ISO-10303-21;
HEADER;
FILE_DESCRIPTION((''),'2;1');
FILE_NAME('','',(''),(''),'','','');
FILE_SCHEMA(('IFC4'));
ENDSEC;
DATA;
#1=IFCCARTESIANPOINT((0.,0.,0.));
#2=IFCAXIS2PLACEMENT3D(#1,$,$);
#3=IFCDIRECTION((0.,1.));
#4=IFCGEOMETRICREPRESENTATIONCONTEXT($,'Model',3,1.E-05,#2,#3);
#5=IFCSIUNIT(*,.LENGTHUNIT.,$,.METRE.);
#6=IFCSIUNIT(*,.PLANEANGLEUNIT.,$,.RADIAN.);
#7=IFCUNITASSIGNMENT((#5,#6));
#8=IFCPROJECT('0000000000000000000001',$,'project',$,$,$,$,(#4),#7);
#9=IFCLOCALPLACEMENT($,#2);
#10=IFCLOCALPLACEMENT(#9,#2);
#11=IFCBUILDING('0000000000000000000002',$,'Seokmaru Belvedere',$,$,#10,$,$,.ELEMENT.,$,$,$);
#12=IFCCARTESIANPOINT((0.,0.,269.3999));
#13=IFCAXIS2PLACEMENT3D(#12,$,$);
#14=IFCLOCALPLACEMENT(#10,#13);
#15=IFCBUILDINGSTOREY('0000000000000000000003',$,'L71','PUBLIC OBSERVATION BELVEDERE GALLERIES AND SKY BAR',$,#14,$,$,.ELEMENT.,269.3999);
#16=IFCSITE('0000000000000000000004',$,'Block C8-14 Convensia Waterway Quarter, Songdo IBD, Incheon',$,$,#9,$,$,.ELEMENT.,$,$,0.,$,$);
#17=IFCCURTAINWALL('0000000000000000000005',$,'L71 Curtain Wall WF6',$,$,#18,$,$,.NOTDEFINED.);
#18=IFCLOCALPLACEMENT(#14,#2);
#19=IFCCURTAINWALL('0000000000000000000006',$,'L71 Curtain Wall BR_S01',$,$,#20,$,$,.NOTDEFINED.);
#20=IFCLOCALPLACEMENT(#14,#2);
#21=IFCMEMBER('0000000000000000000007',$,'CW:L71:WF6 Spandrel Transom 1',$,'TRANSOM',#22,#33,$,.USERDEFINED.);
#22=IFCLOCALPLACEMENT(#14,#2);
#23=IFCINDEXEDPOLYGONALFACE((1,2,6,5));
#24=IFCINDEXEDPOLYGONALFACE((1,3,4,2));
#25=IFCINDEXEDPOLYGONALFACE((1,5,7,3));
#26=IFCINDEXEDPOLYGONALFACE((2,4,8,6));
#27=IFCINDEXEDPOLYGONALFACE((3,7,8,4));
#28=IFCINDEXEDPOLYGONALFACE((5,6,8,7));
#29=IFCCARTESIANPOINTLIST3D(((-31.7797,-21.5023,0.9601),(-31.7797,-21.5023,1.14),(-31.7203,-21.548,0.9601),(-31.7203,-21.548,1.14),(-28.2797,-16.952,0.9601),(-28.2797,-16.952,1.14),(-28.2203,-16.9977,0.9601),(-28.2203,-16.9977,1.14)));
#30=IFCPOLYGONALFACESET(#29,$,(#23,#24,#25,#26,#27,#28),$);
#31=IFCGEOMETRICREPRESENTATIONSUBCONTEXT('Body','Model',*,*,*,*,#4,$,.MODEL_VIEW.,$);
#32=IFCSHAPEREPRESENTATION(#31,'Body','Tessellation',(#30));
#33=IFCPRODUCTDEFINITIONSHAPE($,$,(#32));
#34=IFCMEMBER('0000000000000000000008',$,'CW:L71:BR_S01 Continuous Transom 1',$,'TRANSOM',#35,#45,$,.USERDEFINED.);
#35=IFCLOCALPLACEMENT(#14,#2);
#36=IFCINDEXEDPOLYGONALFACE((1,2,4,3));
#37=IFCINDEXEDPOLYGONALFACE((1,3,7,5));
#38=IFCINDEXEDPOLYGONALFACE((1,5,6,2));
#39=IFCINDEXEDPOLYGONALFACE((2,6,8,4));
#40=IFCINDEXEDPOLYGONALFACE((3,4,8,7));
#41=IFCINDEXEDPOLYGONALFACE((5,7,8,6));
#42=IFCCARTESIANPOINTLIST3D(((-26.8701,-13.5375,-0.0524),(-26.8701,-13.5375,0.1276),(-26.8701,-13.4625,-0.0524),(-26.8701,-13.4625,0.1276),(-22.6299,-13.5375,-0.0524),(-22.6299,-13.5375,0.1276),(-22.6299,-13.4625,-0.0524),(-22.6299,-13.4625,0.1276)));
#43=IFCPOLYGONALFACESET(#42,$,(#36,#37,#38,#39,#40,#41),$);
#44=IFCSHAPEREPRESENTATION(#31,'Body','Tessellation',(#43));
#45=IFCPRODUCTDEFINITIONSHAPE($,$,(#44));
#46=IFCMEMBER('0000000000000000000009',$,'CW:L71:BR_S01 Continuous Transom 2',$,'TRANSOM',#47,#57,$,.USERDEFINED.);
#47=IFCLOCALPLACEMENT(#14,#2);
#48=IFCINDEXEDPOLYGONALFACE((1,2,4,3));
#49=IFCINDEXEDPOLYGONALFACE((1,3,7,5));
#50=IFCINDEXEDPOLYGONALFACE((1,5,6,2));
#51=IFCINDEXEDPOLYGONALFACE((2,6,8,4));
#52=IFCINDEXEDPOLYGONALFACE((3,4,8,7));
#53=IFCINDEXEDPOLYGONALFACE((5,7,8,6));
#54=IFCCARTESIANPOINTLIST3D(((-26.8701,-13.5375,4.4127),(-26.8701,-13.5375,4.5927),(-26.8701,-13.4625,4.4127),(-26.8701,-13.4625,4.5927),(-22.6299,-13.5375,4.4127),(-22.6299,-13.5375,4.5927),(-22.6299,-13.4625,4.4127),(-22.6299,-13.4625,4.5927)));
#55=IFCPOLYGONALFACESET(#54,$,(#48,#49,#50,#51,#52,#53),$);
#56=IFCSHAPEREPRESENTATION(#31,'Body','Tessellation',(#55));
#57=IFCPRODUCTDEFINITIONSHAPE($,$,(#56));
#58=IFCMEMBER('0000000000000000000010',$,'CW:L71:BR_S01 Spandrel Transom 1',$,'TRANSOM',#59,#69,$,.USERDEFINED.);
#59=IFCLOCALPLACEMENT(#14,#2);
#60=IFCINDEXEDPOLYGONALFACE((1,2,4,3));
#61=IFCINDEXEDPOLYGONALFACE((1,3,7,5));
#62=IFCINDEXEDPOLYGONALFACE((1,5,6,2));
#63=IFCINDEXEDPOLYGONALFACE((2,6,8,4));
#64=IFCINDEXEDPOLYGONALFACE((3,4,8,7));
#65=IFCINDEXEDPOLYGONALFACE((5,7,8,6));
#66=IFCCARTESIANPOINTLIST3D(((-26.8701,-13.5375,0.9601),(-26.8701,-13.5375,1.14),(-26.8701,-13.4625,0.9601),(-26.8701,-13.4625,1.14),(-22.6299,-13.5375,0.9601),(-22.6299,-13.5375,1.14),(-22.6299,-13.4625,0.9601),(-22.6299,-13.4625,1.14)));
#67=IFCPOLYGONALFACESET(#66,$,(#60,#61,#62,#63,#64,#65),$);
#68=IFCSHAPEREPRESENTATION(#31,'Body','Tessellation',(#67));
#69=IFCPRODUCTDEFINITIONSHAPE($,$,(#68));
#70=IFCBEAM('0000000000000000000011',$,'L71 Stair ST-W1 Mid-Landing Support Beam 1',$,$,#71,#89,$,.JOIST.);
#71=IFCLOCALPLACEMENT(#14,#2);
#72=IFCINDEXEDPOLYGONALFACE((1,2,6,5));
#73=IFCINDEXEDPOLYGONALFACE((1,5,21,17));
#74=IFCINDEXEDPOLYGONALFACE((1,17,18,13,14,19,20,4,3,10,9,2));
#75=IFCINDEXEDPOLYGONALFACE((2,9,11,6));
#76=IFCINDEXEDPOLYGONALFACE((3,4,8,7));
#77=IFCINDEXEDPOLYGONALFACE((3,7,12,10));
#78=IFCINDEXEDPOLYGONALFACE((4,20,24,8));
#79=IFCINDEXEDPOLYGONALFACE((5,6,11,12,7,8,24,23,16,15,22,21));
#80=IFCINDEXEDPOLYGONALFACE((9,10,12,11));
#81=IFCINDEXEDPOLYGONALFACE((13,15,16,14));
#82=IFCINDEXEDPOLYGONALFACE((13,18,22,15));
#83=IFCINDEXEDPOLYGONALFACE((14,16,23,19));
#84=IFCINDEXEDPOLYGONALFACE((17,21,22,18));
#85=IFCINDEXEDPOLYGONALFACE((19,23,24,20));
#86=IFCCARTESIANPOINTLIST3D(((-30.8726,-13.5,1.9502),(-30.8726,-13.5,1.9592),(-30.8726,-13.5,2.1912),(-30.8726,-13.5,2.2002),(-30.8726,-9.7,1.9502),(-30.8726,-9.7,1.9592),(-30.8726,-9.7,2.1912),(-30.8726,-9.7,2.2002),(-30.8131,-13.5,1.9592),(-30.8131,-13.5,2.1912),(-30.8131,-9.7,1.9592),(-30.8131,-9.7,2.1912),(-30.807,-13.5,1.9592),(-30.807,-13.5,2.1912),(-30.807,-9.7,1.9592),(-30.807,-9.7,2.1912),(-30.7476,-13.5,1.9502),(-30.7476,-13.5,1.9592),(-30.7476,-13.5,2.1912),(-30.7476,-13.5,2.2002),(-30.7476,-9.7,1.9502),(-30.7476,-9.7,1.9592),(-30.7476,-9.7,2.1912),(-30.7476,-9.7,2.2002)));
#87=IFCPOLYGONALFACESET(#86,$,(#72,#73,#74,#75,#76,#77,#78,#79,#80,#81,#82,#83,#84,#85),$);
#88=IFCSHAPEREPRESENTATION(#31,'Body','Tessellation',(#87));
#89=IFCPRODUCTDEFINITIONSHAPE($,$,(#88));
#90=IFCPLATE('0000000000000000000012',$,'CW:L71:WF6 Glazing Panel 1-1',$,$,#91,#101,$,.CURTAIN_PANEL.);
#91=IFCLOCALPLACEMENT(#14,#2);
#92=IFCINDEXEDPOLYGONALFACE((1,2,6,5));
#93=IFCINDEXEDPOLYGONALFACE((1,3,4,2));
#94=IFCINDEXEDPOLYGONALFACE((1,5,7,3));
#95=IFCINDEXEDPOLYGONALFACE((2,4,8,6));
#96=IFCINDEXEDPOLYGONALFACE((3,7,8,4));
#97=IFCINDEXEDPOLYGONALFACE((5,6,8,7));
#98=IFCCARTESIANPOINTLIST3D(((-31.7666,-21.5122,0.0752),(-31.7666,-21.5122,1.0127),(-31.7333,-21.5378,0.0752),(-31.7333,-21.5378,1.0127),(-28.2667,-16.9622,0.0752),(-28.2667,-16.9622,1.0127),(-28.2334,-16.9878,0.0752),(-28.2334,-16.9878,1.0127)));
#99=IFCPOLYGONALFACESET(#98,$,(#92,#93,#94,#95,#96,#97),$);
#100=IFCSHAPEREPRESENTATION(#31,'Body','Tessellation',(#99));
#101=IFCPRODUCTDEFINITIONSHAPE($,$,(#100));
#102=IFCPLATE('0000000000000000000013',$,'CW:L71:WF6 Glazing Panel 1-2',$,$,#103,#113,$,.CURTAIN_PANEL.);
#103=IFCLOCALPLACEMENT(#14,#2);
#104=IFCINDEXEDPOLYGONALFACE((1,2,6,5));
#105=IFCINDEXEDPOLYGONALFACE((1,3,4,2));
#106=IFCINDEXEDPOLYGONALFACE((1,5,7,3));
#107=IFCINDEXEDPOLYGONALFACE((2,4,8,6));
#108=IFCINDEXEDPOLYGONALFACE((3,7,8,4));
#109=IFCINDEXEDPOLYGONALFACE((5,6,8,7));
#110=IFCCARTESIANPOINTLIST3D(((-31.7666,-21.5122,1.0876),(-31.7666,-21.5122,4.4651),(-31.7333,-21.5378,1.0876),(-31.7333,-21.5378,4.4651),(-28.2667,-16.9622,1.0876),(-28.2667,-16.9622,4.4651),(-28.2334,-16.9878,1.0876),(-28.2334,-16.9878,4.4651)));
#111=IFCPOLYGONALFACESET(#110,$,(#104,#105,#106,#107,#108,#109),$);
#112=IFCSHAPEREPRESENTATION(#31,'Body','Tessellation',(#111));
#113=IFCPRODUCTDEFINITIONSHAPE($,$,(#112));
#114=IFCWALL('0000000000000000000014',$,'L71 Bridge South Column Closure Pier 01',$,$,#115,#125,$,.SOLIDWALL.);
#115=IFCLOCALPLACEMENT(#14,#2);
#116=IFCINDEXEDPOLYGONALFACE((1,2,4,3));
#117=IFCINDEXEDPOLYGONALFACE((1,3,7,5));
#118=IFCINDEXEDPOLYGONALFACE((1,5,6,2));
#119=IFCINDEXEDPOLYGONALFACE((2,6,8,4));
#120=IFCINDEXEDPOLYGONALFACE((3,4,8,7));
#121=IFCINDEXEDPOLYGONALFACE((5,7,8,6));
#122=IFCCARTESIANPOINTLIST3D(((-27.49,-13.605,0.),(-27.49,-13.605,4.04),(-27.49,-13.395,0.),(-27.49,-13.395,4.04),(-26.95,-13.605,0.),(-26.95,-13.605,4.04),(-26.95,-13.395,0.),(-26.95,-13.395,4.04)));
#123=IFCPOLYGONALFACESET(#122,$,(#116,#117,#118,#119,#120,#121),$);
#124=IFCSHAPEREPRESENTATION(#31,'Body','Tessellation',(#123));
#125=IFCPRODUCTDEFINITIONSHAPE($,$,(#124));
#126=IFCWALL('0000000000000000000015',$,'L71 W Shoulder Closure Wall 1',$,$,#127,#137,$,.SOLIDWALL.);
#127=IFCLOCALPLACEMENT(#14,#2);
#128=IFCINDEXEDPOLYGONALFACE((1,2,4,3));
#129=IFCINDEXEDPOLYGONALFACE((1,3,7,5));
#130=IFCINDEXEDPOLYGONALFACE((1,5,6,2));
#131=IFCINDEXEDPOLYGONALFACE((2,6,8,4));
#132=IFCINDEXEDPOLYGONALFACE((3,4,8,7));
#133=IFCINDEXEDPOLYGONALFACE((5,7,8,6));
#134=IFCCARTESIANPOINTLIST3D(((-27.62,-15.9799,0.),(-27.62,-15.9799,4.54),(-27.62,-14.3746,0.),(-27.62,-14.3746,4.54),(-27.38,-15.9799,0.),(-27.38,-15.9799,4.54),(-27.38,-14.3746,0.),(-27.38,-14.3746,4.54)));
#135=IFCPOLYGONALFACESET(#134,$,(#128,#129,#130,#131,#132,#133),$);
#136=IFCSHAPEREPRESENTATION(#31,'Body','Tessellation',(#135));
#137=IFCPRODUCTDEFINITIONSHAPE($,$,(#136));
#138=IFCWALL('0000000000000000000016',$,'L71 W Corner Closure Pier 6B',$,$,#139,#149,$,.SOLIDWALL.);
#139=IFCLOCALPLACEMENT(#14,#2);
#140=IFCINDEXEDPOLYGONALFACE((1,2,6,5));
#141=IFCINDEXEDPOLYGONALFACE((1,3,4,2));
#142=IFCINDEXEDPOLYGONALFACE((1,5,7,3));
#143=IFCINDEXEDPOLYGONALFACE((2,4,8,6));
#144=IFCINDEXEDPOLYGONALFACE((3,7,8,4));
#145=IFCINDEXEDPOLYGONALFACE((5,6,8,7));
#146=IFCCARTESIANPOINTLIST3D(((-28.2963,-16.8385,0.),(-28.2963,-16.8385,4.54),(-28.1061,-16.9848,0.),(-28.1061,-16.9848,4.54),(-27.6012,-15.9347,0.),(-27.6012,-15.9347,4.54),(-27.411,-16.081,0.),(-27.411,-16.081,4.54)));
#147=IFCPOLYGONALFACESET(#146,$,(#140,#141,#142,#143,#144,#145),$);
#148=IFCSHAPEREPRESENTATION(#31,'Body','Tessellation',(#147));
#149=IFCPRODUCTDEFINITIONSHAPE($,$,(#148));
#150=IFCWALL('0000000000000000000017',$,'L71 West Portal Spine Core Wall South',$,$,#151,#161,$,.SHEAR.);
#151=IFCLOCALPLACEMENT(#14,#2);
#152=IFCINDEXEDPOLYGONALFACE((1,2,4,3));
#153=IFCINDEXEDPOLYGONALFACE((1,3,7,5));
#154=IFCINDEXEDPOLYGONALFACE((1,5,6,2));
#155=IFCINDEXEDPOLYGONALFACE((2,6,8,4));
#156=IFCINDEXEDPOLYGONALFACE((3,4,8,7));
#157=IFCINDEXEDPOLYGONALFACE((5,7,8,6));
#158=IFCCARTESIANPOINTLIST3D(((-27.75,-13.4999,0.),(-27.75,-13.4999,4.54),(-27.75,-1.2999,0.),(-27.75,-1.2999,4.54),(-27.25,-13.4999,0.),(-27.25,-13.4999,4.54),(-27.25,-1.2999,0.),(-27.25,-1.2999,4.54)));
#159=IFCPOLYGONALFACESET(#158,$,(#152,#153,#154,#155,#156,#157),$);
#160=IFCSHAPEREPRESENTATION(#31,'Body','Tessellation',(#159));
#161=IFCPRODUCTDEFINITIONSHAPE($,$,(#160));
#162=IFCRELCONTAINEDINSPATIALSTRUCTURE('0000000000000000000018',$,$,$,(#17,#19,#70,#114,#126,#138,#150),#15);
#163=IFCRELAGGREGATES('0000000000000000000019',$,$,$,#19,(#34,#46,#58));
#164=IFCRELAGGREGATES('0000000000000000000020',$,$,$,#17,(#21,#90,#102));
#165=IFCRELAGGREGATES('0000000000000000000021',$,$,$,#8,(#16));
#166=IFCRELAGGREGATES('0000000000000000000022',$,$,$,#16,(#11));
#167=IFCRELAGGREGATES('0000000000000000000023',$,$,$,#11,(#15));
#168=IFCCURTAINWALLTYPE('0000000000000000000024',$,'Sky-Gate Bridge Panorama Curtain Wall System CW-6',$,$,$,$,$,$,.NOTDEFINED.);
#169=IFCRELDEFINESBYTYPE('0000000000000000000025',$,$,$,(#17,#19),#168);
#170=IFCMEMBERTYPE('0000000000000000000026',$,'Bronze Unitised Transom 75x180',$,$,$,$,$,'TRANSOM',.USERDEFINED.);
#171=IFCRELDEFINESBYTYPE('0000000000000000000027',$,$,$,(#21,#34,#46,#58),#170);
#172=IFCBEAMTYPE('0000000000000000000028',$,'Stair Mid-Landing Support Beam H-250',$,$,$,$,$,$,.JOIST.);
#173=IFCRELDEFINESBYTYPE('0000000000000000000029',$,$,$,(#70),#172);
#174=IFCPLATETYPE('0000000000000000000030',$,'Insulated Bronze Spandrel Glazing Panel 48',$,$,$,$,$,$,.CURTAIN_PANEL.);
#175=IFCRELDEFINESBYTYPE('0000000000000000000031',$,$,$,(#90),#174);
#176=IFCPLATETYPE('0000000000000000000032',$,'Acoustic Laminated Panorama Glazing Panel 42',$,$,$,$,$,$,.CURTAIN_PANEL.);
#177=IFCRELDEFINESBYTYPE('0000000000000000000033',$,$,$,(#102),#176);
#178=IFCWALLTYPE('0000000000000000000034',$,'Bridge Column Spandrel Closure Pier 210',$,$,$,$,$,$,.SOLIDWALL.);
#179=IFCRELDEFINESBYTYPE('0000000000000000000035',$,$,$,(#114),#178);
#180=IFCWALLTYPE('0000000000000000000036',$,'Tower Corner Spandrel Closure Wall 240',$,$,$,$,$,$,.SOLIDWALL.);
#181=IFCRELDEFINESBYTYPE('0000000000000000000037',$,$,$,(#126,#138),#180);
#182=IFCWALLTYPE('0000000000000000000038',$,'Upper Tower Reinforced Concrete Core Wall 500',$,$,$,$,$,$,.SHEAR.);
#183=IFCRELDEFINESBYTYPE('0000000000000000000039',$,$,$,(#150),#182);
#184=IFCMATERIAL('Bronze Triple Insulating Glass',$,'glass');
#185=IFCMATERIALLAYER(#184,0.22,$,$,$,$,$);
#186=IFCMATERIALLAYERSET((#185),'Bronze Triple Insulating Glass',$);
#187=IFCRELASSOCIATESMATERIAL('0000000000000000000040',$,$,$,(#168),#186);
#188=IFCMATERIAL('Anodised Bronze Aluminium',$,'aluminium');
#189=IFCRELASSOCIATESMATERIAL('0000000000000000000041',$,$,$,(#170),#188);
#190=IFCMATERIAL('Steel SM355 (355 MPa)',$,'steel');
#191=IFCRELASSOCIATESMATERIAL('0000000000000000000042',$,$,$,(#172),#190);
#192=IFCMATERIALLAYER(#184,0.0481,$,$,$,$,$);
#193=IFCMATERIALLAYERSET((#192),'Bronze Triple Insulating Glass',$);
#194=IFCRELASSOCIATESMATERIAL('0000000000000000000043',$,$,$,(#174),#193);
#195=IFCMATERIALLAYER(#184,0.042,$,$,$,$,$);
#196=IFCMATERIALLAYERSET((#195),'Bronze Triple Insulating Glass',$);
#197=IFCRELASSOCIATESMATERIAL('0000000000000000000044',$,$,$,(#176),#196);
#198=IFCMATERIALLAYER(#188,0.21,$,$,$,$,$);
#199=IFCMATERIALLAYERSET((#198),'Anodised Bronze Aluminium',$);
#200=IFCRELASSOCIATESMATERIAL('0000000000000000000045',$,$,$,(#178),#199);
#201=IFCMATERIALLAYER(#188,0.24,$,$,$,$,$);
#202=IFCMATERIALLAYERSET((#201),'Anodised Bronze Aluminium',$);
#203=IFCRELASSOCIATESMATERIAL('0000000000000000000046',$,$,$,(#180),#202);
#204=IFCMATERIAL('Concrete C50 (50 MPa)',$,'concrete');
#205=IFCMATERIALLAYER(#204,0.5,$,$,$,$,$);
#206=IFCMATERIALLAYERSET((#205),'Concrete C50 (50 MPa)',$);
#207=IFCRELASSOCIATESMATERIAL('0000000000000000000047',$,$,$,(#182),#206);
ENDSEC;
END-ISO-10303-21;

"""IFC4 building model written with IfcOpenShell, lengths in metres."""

from ifc_helpers import new_model, si_unit, direction, frame, frame_2d, origin, origin_2d, place, context, subcontext, project, spatial, rectangle, i_section, extrude, source, transform, mapped, material, layer, layer_set, material_profile, profile_set, type_object, type_shapes, element, aggregate, save


model = new_model("IFC4")

# Units and contexts
model_context = context("Model", 3, precision=1e-05, world=origin(), true_north=direction((0.0, 1.0)))
body_context = subcontext(model_context, "Body", "Model", "MODEL_VIEW")
ifc_project = project(units=[si_unit("LENGTHUNIT", "METRE"), si_unit("PLANEANGLEUNIT", "RADIAN")], contexts=[model_context])

# Site, building, storey
site_placement = place(None, origin())
site = spatial("IfcSite", under=ifc_project, at=site_placement, Name="Block C8-14 Convensia Waterway Quarter, Songdo IBD, Incheon", CompositionType="ELEMENT", RefElevation=0.0)
building_placement = place(site_placement, origin())
building = spatial("IfcBuilding", under=site, at=building_placement, Name="Seokmaru Belvedere", CompositionType="ELEMENT")
storey_placement = place(building_placement, frame((0.0, 0.0, 269.3999)))
storey = spatial("IfcBuildingStorey", under=building, at=storey_placement, Name="L71", Description="PUBLIC OBSERVATION BELVEDERE GALLERIES AND SKY BAR", CompositionType="ELEMENT", Elevation=269.3999)

# Shared definitions
ifc_material_1 = material(Name="Steel SM355 (355 MPa)", Category="steel")

# Curtain wall
ifc_material_2 = material(Name="Bronze Triple Insulating Glass", Category="glass")
ifc_layer_1 = layer(ifc_material_2, 0.22)
ifc_layer_set_1 = layer_set([ifc_layer_1], Name="Bronze Triple Insulating Glass")
curtain_wall_type = type_object("IfcCurtainWallType", Name="Sky-Gate Bridge Panorama Curtain Wall System CW-6", PredefinedType="NOTDEFINED", material=ifc_layer_set_1)
curtain_wall_1_placement = place(storey_placement, origin())
curtain_wall_1 = element("IfcCurtainWall", 1, at=curtain_wall_1_placement, inside=storey, type_object=curtain_wall_type, Name="L71 Curtain Wall WF6", PredefinedType="NOTDEFINED")
ifc_material_3 = material(Name="Anodised Bronze Aluminium", Category="aluminium")

# Curtain wall
curtain_wall_2_placement = place(storey_placement, origin())
curtain_wall_2 = element("IfcCurtainWall", 2, at=curtain_wall_2_placement, inside=storey, type_object=curtain_wall_type, Name="L71 Curtain Wall BR_S01", PredefinedType="NOTDEFINED")

# Members
ifc_material_profile_1 = material_profile(ifc_material_3, rectangle(XDim=0.075, YDim=0.1799, at=origin_2d()), Name="CW-T-75x180")
ifc_profile_set_1 = profile_set([ifc_material_profile_1], Name="Anodised Bronze Aluminium")
member_type_1 = type_object("IfcMemberType", Name="Bronze Unitised Transom 75x180", ElementType="TRANSOM", PredefinedType="USERDEFINED", material=ifc_profile_set_1)
shared_shape_1 = source(origin(), body_context, "Body", "SweptSolid", [
    extrude(rectangle(XDim=0.075, YDim=0.1799, at=origin_2d()), origin(), (0.0, 0.0, 1.0), 5.7407),
])
member_1_placement = place(storey_placement, frame((-31.75, -21.5251, 1.05), z_axis=(0.609686, 0.792643, 0.0), x_axis=(-0.792643, 0.609686, 0.0)))
member_1 = element("IfcMember", 3, at=member_1_placement, type_object=member_type_1, Name="CW:L71:WF6 Spandrel Transom 1", ObjectType="TRANSOM", PredefinedType="USERDEFINED", context=body_context, shape_type="MappedRepresentation", body=[
    mapped(shared_shape_1, transform((0.0, 0.0, 0.0), scale=1.0)),
])
shared_shape_2 = source(origin(), body_context, "Body", "SweptSolid", [
    extrude(rectangle(XDim=0.075, YDim=0.1799, at=origin_2d()), origin(), (0.0, 0.0, 1.0), 4.2402),
])
type_shapes(member_type_1, [shared_shape_1, shared_shape_2])
member_2_placement = place(storey_placement, frame((-26.8701, -13.5, 0.0376), z_axis=(1.0, 0.0, 0.0), x_axis=(0.0, 1.0, 0.0)))
member_2 = element("IfcMember", 4, at=member_2_placement, type_object=member_type_1, Name="CW:L71:BR_S01 Continuous Transom 1", ObjectType="TRANSOM", PredefinedType="USERDEFINED", context=body_context, shape_type="MappedRepresentation", body=[
    mapped(shared_shape_2, transform((0.0, 0.0, 0.0), scale=1.0)),
])
member_3_placement = place(storey_placement, frame((-26.8701, -13.5, 4.5027), z_axis=(1.0, 0.0, 0.0), x_axis=(0.0, 1.0, 0.0)))
member_3 = element("IfcMember", 5, at=member_3_placement, type_object=member_type_1, Name="CW:L71:BR_S01 Continuous Transom 2", ObjectType="TRANSOM", PredefinedType="USERDEFINED", context=body_context, shape_type="MappedRepresentation", body=[
    mapped(shared_shape_2, transform((0.0, 0.0, 0.0), scale=1.0)),
])
member_4_placement = place(storey_placement, frame((-26.8701, -13.5, 1.05), z_axis=(1.0, 0.0, 0.0), x_axis=(0.0, 1.0, 0.0)))
member_4 = element("IfcMember", 6, at=member_4_placement, type_object=member_type_1, Name="CW:L71:BR_S01 Spandrel Transom 1", ObjectType="TRANSOM", PredefinedType="USERDEFINED", context=body_context, shape_type="MappedRepresentation", body=[
    mapped(shared_shape_2, transform((0.0, 0.0, 0.0), scale=1.0)),
])
aggregate(curtain_wall_2, [member_2, member_3, member_4])

# Beam
ifc_material_profile_2 = material_profile(ifc_material_1, i_section(OverallWidth=0.125, OverallDepth=0.25, WebThickness=0.0061, FlangeThickness=0.009, at=origin_2d()), Name="H-250x125x6x9")
ifc_profile_set_2 = profile_set([ifc_material_profile_2], Name="Steel SM355 (355 MPa)")
beam_type_1 = type_object("IfcBeamType", Name="Stair Mid-Landing Support Beam H-250", PredefinedType="JOIST", material=ifc_profile_set_2)
shared_shape_3 = source(origin(), body_context, "Body", "SweptSolid", [
    extrude(i_section(OverallWidth=0.125, OverallDepth=0.25, WebThickness=0.0061, FlangeThickness=0.009, at=origin_2d()), origin(), (0.0, 0.0, 1.0), 3.8),
])
type_shapes(beam_type_1, [shared_shape_3])
beam_1_placement = place(storey_placement, frame((-30.8101, -13.5, 2.0752), z_axis=(0.0, 1.0, 0.0), x_axis=(-1.0, 0.0, 0.0)))
element("IfcBeam", 7, at=beam_1_placement, inside=storey, type_object=beam_type_1, Name="L71 Stair ST-W1 Mid-Landing Support Beam 1", PredefinedType="JOIST", context=body_context, shape_type="MappedRepresentation", body=[
    mapped(shared_shape_3, transform((0.0, 0.0, 0.0), scale=1.0)),
])

# Plates
ifc_layer_2 = layer(ifc_material_2, 0.0481)
ifc_layer_set_2 = layer_set([ifc_layer_2], Name="Bronze Triple Insulating Glass")
plate_type_1 = type_object("IfcPlateType", Name="Insulated Bronze Spandrel Glazing Panel 48", PredefinedType="CURTAIN_PANEL", material=ifc_layer_set_2)
shared_shape_4 = source(origin(), body_context, "Body", "SweptSolid", [
    extrude(rectangle(XDim=5.7405, YDim=0.042, at=origin_2d()), origin(), (0.0, 0.0, 1.0), 0.9375),
])
type_shapes(plate_type_1, [shared_shape_4])
plate_1_placement = place(storey_placement, frame((-30.0, -19.25, 0.0752), z_axis=(0.0, 0.0, 1.0), x_axis=(0.609701, 0.792631, 0.0)))
plate_1 = element("IfcPlate", 8, at=plate_1_placement, type_object=plate_type_1, Name="CW:L71:WF6 Glazing Panel 1-1", PredefinedType="CURTAIN_PANEL", context=body_context, shape_type="MappedRepresentation", body=[
    mapped(shared_shape_4, transform((0.0, 0.0, 0.0), scale=1.0)),
])
ifc_layer_3 = layer(ifc_material_2, 0.042)
ifc_layer_set_3 = layer_set([ifc_layer_3], Name="Bronze Triple Insulating Glass")
plate_type_2 = type_object("IfcPlateType", Name="Acoustic Laminated Panorama Glazing Panel 42", PredefinedType="CURTAIN_PANEL", material=ifc_layer_set_3)
shared_shape_5 = source(origin(), body_context, "Body", "SweptSolid", [
    extrude(rectangle(XDim=5.7405, YDim=0.042, at=origin_2d()), origin(), (0.0, 0.0, 1.0), 3.3774),
])
type_shapes(plate_type_2, [shared_shape_5])
plate_2_placement = place(storey_placement, frame((-30.0, -19.25, 1.0876), z_axis=(0.0, 0.0, 1.0), x_axis=(0.609701, 0.792631, 0.0)))
plate_2 = element("IfcPlate", 9, at=plate_2_placement, type_object=plate_type_2, Name="CW:L71:WF6 Glazing Panel 1-2", PredefinedType="CURTAIN_PANEL", context=body_context, shape_type="MappedRepresentation", body=[
    mapped(shared_shape_5, transform((0.0, 0.0, 0.0), scale=1.0)),
])
aggregate(curtain_wall_1, [member_1, plate_1, plate_2])

# Walls
ifc_layer_4 = layer(ifc_material_3, 0.21)
ifc_layer_set_4 = layer_set([ifc_layer_4], Name="Anodised Bronze Aluminium")
wall_type_1 = type_object("IfcWallType", Name="Bridge Column Spandrel Closure Pier 210", PredefinedType="SOLIDWALL", material=ifc_layer_set_4)
wall_1_placement = place(storey_placement, frame((-27.49, -13.5, 0.0), z_axis=(0.0, 0.0, 1.0), x_axis=(1.0, 0.0, 0.0)))
element("IfcWall", 10, at=wall_1_placement, inside=storey, type_object=wall_type_1, Name="L71 Bridge South Column Closure Pier 01", PredefinedType="SOLIDWALL", context=body_context, shape_type="SweptSolid", body=[
    extrude(rectangle(XDim=0.54, YDim=0.21, at=frame_2d((0.27, 0.0))), origin(), (0.0, 0.0, 1.0), 4.04),
])
ifc_layer_5 = layer(ifc_material_3, 0.24)
ifc_layer_set_5 = layer_set([ifc_layer_5], Name="Anodised Bronze Aluminium")
wall_type_2 = type_object("IfcWallType", Name="Tower Corner Spandrel Closure Wall 240", PredefinedType="SOLIDWALL", material=ifc_layer_set_5)
wall_2_placement = place(storey_placement, frame((-27.5, -15.98, 0.0), z_axis=(0.0, 0.0, 1.0), x_axis=(0.0, 1.0, 0.0)))
element("IfcWall", 11, at=wall_2_placement, inside=storey, type_object=wall_type_2, Name="L71 W Shoulder Closure Wall 1", PredefinedType="SOLIDWALL", context=body_context, shape_type="SweptSolid", body=[
    extrude(rectangle(XDim=1.6052, YDim=0.24, at=frame_2d((0.8027, 0.0))), origin(), (0.0, 0.0, 1.0), 4.54),
])
wall_3_placement = place(storey_placement, frame((-28.2012, -16.9116, 0.0), z_axis=(0.0, 0.0, 1.0), x_axis=(0.609618, 0.792696, 0.0)))
element("IfcWall", 12, at=wall_3_placement, inside=storey, type_object=wall_type_2, Name="L71 W Corner Closure Pier 6B", PredefinedType="SOLIDWALL", context=body_context, shape_type="SweptSolid", body=[
    extrude(rectangle(XDim=1.1401, YDim=0.24, at=frame_2d((0.5701, 0.0))), origin(), (0.0, 0.0, 1.0), 4.54),
])
ifc_material_4 = material(Name="Concrete C50 (50 MPa)", Category="concrete")
ifc_layer_6 = layer(ifc_material_4, 0.5)
ifc_layer_set_6 = layer_set([ifc_layer_6], Name="Concrete C50 (50 MPa)")
wall_type_3 = type_object("IfcWallType", Name="Upper Tower Reinforced Concrete Core Wall 500", PredefinedType="SHEAR", material=ifc_layer_set_6)
wall_4_placement = place(storey_placement, frame((-27.5, -13.5, 0.0), z_axis=(0.0, 0.0, 1.0), x_axis=(0.0, 1.0, 0.0)))
element("IfcWall", 13, at=wall_4_placement, inside=storey, type_object=wall_type_3, Name="L71 West Portal Spine Core Wall South", PredefinedType="SHEAR", context=body_context, shape_type="SweptSolid", body=[
    extrude(rectangle(XDim=12.2, YDim=0.5, at=frame_2d((6.1001, 0.0))), origin(), (0.0, 0.0, 1.0), 4.54),
])

save(model, "model.ifc")
